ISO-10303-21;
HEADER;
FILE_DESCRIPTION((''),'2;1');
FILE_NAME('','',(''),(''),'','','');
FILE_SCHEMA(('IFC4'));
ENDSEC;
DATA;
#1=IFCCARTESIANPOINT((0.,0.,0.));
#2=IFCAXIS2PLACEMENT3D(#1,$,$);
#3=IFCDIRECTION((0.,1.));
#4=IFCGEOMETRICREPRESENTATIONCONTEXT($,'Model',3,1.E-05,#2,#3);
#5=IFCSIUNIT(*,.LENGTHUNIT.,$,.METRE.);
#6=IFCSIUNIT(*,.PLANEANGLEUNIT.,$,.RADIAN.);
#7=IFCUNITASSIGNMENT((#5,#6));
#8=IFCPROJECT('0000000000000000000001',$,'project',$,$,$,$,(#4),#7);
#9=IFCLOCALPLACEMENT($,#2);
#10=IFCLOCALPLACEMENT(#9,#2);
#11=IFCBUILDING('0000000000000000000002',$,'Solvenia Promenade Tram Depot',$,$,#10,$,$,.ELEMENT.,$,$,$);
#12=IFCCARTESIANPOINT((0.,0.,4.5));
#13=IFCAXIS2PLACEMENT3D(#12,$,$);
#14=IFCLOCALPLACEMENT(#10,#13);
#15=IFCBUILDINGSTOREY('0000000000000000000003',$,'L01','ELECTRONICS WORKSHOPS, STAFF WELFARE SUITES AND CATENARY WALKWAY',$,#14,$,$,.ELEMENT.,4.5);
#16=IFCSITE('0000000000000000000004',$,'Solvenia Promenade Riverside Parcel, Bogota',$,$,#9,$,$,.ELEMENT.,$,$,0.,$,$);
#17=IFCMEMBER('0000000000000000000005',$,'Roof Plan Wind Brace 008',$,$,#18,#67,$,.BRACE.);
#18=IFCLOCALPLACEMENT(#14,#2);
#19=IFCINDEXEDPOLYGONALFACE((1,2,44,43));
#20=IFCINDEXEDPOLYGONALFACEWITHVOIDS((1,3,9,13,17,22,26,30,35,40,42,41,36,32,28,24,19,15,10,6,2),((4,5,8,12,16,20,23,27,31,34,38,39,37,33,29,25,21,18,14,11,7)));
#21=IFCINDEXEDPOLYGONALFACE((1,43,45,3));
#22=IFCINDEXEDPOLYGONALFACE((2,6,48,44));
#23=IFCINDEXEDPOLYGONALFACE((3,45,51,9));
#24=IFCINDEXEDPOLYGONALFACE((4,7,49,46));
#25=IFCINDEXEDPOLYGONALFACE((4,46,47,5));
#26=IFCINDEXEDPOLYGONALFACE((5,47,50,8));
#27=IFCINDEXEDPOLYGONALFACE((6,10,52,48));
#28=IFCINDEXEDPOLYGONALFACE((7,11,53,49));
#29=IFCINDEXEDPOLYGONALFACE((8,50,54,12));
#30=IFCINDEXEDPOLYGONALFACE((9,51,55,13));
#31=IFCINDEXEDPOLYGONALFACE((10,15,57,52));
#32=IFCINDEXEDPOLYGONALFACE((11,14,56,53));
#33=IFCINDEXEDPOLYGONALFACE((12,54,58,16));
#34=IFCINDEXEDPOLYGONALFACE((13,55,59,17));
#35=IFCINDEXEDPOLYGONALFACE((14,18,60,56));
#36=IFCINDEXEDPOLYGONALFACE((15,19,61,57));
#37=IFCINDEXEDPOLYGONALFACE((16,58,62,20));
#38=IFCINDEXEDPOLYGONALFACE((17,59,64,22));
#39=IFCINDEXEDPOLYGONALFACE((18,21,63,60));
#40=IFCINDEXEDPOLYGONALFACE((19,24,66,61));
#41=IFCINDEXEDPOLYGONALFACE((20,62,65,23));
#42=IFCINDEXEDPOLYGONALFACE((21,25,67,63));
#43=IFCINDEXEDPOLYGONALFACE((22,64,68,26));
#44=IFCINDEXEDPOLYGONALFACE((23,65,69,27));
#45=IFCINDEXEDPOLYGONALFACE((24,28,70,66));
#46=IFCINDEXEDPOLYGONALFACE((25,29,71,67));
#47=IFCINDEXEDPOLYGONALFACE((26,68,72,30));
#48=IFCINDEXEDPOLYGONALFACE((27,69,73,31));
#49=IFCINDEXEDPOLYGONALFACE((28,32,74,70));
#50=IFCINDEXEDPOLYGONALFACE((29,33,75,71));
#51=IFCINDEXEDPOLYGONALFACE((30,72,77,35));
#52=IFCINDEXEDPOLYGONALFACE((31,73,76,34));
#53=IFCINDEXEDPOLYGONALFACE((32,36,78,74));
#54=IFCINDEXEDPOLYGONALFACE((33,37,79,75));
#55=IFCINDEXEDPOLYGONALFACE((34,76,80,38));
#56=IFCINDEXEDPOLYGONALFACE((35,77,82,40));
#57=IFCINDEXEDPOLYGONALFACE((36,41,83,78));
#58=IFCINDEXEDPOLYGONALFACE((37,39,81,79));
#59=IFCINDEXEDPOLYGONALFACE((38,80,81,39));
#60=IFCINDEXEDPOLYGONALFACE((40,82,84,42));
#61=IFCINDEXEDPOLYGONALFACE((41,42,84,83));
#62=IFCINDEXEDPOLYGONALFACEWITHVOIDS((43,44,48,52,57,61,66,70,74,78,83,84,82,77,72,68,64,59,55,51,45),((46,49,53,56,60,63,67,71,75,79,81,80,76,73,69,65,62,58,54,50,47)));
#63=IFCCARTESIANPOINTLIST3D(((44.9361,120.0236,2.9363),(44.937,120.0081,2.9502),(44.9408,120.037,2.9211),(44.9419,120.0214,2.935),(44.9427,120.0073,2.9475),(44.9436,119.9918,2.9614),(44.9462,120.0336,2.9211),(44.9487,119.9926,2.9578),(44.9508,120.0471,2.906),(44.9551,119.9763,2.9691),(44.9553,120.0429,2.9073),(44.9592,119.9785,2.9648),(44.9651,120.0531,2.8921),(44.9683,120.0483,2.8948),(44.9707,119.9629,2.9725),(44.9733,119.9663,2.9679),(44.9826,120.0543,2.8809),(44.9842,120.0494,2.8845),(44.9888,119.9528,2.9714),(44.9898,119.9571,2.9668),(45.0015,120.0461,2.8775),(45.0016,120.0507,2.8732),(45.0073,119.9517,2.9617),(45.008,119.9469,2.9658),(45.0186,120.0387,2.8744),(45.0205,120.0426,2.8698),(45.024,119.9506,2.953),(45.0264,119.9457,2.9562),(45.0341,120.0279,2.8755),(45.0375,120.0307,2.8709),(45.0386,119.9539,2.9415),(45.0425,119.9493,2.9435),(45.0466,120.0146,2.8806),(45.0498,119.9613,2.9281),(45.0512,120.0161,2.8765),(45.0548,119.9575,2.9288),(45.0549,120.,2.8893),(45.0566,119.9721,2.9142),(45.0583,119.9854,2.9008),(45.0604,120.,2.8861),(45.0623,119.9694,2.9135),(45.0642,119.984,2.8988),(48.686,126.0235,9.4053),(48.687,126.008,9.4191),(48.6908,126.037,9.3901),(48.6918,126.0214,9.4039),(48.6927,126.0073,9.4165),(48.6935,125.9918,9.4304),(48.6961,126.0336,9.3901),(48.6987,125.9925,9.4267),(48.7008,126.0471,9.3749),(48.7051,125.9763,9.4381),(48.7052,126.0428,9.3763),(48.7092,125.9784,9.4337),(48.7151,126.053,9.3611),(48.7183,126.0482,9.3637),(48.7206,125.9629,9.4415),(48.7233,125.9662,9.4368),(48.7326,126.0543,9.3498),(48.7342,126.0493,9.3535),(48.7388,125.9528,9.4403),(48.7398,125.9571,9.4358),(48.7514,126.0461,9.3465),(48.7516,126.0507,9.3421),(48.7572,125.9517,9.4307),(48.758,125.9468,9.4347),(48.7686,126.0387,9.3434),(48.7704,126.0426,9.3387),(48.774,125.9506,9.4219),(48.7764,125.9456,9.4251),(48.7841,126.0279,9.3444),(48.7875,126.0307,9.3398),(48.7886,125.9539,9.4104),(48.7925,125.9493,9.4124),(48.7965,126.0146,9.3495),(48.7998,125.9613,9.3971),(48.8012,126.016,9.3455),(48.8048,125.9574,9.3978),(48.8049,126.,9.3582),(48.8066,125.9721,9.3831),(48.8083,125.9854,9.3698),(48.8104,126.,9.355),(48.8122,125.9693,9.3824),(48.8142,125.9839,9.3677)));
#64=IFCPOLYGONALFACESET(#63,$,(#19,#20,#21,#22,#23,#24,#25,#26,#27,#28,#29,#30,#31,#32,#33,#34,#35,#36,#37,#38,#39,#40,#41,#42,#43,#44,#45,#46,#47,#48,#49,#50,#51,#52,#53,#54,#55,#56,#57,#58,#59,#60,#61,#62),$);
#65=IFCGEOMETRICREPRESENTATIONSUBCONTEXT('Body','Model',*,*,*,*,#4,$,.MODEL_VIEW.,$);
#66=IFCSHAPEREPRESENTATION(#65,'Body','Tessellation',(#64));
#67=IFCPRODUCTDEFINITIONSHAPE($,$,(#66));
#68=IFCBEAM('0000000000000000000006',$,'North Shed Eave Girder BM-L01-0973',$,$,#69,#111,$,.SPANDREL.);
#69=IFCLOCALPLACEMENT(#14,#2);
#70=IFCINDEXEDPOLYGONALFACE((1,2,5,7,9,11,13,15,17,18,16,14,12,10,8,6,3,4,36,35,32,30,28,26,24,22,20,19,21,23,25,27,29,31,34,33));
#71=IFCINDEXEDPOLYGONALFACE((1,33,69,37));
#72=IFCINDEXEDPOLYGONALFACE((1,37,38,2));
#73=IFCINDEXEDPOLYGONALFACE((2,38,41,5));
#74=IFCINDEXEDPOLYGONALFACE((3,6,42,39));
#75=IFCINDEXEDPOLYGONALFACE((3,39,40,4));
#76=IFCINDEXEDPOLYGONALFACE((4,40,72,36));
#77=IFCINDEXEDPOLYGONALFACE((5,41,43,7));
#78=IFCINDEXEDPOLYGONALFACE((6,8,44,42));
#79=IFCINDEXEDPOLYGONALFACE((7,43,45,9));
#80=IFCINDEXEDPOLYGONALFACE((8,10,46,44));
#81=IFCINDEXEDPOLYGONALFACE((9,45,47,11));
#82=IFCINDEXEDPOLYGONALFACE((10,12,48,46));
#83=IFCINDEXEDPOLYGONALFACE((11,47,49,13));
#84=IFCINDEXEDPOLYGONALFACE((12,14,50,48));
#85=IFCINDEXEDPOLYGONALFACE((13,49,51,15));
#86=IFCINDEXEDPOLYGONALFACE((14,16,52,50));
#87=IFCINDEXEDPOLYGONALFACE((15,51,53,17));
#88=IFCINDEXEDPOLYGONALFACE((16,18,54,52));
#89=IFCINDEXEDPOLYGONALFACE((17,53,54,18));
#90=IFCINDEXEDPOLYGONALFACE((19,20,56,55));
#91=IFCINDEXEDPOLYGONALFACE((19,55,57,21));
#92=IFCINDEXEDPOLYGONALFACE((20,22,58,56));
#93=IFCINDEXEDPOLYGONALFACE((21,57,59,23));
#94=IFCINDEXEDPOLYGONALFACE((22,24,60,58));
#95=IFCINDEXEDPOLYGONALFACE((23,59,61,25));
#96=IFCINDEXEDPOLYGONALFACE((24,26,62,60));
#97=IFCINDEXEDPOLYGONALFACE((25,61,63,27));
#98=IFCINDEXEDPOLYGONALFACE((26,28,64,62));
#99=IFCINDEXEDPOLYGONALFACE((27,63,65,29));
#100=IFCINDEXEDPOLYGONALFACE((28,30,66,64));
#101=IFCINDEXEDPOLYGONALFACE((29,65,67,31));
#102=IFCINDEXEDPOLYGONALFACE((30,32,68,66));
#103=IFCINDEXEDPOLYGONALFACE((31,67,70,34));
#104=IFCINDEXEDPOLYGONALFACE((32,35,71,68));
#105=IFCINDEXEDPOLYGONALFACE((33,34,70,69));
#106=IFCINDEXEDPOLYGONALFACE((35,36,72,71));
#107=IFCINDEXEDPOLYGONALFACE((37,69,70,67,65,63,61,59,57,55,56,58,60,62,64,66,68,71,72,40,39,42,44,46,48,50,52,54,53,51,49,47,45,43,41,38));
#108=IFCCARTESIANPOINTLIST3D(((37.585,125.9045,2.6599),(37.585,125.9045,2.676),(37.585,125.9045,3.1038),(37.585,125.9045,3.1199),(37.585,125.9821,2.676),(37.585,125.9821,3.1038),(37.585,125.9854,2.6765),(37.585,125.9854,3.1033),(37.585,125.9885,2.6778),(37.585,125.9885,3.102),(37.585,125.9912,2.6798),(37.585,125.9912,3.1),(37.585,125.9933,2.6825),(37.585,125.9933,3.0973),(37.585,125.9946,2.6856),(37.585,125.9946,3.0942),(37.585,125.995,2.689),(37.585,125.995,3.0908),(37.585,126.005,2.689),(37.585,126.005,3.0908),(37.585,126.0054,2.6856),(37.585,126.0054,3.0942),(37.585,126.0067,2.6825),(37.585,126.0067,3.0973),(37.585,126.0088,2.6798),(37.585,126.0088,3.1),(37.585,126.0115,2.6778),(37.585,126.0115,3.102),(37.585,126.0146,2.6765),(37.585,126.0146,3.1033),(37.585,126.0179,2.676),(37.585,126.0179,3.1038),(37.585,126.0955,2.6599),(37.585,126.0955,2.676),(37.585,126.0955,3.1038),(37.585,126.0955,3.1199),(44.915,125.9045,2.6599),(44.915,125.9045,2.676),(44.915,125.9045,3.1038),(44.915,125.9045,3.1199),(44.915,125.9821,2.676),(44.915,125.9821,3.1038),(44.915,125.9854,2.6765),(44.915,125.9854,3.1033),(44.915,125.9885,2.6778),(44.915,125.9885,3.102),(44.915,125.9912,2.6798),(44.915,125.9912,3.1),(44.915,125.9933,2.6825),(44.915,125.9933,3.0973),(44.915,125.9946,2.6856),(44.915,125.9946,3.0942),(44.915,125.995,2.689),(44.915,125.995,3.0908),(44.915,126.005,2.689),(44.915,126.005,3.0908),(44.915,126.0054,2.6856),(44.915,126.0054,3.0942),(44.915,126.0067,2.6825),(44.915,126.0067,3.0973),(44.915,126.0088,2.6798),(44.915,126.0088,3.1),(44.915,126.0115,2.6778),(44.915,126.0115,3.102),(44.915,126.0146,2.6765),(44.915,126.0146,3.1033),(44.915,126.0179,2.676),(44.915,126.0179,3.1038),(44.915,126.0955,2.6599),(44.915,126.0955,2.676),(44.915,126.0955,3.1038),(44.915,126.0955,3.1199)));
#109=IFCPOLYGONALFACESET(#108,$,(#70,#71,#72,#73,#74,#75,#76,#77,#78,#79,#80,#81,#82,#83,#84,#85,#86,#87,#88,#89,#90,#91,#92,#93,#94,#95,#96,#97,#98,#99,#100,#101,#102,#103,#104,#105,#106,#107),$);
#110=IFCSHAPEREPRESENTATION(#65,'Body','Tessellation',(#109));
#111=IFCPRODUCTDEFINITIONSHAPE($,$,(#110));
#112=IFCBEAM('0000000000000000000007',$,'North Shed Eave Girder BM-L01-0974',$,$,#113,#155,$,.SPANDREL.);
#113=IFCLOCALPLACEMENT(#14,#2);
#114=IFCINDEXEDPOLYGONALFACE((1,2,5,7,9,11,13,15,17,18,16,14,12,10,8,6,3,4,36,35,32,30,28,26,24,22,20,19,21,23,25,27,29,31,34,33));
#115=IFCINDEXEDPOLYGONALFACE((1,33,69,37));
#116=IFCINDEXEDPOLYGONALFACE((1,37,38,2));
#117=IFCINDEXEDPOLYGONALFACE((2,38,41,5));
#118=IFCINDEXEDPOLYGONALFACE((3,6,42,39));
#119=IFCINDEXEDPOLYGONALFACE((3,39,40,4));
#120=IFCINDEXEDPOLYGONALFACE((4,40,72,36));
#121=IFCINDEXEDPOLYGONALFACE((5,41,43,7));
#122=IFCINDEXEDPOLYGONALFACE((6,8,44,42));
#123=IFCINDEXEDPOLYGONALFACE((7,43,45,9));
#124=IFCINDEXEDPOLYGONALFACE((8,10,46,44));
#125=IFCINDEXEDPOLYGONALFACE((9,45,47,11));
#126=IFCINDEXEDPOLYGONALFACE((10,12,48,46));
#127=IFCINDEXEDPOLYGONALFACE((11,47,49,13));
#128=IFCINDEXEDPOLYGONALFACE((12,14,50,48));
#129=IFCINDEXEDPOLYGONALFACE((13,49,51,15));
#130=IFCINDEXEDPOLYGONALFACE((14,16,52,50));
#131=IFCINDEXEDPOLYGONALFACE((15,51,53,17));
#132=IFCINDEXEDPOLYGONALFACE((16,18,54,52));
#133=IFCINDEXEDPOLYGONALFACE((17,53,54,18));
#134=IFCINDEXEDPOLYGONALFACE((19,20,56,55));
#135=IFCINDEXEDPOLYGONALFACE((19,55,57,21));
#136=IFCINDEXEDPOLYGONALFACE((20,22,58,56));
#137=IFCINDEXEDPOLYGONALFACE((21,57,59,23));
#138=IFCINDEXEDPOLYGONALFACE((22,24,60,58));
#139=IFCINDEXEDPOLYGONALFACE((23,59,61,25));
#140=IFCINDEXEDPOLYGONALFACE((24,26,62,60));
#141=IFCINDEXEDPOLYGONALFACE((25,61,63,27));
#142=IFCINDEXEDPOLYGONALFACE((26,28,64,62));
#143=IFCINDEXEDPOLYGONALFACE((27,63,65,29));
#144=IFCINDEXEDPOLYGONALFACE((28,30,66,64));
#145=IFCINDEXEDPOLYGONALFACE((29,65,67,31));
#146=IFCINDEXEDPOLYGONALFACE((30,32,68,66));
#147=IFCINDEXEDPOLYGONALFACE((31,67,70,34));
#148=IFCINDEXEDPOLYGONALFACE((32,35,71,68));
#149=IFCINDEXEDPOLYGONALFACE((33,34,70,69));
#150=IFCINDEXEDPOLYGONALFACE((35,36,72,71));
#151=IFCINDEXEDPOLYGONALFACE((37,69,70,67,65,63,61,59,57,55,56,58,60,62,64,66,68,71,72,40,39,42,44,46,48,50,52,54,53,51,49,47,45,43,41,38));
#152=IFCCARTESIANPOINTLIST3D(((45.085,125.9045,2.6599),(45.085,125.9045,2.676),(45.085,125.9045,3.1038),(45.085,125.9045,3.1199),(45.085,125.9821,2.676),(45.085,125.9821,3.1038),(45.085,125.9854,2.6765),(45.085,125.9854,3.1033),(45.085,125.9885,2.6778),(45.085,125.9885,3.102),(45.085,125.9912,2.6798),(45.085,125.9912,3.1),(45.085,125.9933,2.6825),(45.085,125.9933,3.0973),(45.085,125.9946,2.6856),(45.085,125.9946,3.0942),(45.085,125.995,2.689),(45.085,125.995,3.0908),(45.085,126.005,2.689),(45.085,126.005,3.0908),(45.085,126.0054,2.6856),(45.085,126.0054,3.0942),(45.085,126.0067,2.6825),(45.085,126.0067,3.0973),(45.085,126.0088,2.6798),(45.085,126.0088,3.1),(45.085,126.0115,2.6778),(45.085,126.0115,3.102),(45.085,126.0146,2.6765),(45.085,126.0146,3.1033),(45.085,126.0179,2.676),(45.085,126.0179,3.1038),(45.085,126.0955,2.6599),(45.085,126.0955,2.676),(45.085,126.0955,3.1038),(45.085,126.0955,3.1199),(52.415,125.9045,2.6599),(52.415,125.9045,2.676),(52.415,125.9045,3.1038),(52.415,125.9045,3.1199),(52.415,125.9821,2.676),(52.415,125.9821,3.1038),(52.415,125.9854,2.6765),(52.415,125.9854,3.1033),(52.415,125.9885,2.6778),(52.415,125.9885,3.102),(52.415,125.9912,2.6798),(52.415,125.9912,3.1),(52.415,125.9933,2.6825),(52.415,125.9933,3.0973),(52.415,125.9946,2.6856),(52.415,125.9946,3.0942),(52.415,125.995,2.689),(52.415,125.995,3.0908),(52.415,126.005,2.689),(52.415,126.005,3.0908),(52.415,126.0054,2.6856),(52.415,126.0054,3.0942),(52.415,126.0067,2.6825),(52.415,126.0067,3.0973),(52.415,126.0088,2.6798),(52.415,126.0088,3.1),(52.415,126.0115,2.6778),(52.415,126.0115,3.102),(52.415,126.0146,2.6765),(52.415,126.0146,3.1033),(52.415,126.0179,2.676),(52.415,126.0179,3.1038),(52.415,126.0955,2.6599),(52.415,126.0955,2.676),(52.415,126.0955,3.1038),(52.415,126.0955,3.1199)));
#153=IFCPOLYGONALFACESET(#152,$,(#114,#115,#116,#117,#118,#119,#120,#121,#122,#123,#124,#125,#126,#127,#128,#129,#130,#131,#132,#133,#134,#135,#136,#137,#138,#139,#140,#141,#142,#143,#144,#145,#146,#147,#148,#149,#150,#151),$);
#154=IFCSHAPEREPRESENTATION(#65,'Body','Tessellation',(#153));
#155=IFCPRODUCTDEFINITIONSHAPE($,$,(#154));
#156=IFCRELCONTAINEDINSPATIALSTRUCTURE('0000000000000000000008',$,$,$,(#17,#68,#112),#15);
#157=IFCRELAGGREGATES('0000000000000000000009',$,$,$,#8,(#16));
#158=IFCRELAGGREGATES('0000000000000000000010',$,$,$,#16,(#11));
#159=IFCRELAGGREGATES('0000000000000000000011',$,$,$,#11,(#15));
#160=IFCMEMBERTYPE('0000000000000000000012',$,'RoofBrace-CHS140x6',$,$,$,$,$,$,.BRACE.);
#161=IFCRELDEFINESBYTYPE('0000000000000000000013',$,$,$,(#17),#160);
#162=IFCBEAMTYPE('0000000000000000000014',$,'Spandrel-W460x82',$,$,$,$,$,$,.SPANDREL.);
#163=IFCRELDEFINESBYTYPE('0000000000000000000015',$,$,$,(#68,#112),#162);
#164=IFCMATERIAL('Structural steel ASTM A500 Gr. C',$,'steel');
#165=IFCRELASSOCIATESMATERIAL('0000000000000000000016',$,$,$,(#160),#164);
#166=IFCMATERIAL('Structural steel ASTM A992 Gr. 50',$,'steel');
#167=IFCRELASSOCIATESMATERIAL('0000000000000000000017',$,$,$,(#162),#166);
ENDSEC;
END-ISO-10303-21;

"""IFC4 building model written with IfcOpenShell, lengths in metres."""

from ifc_helpers import new_model, si_unit, direction, frame, origin, origin_2d, place, context, subcontext, project, spatial, hollow_circle, i_section, extrude, material, material_profile, profile_set, type_object, element, save


model = new_model("IFC4")

# Units and contexts
model_context = context("Model", 3, precision=1e-05, world=origin(), true_north=direction((0.0, 1.0)))
body_context = subcontext(model_context, "Body", "Model", "MODEL_VIEW")
ifc_project = project(units=[si_unit("LENGTHUNIT", "METRE"), si_unit("PLANEANGLEUNIT", "RADIAN")], contexts=[model_context])

# Site, building, storey
site_placement = place(None, origin())
site = spatial("IfcSite", under=ifc_project, at=site_placement, Name="Solvenia Promenade Riverside Parcel, Bogota", CompositionType="ELEMENT", RefElevation=0.0)
building_placement = place(site_placement, origin())
building = spatial("IfcBuilding", under=site, at=building_placement, Name="Solvenia Promenade Tram Depot", CompositionType="ELEMENT")
storey_placement = place(building_placement, frame((0.0, 0.0, 4.5)))
storey = spatial("IfcBuildingStorey", under=building, at=storey_placement, Name="L01", Description="ELECTRONICS WORKSHOPS, STAFF WELFARE SUITES AND CATENARY WALKWAY", CompositionType="ELEMENT", Elevation=4.5)

# Shared definitions
ifc_material_1 = material(Name="Structural steel ASTM A992 Gr. 50", Category="steel")

# Shared definitions
ifc_material_2 = material(Name="Structural steel ASTM A500 Gr. C", Category="steel")

# Member
ifc_material_profile_1 = material_profile(ifc_material_2, hollow_circle(Radius=0.0698, WallThickness=0.0063, at=origin_2d()), Name="CHS139.7x6.3", Category="steel")
ifc_profile_set_1 = profile_set([ifc_material_profile_1], Name="Structural steel ASTM A500 Gr. C")
member_type_1 = type_object("IfcMemberType", Name="RoofBrace-CHS140x6", PredefinedType="BRACE", material=ifc_profile_set_1)
member_1_placement = place(storey_placement, frame((45.0, 120.0, 2.9211), z_axis=(0.391155, 0.625848, 0.674768), x_axis=(-0.847998, 0.529999, 0.0)))
element("IfcMember", 1, at=member_1_placement, inside=storey, type_object=member_type_1, Name="Roof Plan Wind Brace 008", PredefinedType="BRACE", context=body_context, shape_type="SweptSolid", body=[
    extrude(hollow_circle(Radius=0.0698, WallThickness=0.0063, at=origin_2d()), origin(), (0.0, 0.0, 1.0), 9.5869),
])

# Beams
ifc_material_profile_2 = material_profile(ifc_material_1, i_section(OverallWidth=0.1909, OverallDepth=0.46, WebThickness=0.01, FlangeThickness=0.0161, FilletRadius=0.0129, at=origin_2d()), Name="W460x82", Category="steel")
ifc_profile_set_2 = profile_set([ifc_material_profile_2], Name="Structural steel ASTM A992 Gr. 50")
beam_type = type_object("IfcBeamType", Name="Spandrel-W460x82", PredefinedType="SPANDREL", material=ifc_profile_set_2)
for number, where, z_axis, x_axis, name in (
    (2, (37.585, 126.0, 2.8899), (1.0, 0.0, 0.0), (0.0, 1.0, 0.0), "North Shed Eave Girder BM-L01-0973"),
    (3, (45.085, 126.0, 2.8899), (1.0, 0.0, 0.0), (0.0, 1.0, 0.0), "North Shed Eave Girder BM-L01-0974"),
):
    element("IfcBeam", number, at=place(storey_placement, frame(where, z_axis=z_axis, x_axis=x_axis)), inside=storey, type_object=beam_type, Name=name, PredefinedType="SPANDREL", context=body_context, shape_type="SweptSolid", body=[
        extrude(i_section(OverallWidth=0.1909, OverallDepth=0.46, WebThickness=0.01, FlangeThickness=0.0161, FilletRadius=0.0129, at=origin_2d()), origin(), (0.0, 0.0, 1.0), 7.3301),
    ])

save(model, "model.ifc")
